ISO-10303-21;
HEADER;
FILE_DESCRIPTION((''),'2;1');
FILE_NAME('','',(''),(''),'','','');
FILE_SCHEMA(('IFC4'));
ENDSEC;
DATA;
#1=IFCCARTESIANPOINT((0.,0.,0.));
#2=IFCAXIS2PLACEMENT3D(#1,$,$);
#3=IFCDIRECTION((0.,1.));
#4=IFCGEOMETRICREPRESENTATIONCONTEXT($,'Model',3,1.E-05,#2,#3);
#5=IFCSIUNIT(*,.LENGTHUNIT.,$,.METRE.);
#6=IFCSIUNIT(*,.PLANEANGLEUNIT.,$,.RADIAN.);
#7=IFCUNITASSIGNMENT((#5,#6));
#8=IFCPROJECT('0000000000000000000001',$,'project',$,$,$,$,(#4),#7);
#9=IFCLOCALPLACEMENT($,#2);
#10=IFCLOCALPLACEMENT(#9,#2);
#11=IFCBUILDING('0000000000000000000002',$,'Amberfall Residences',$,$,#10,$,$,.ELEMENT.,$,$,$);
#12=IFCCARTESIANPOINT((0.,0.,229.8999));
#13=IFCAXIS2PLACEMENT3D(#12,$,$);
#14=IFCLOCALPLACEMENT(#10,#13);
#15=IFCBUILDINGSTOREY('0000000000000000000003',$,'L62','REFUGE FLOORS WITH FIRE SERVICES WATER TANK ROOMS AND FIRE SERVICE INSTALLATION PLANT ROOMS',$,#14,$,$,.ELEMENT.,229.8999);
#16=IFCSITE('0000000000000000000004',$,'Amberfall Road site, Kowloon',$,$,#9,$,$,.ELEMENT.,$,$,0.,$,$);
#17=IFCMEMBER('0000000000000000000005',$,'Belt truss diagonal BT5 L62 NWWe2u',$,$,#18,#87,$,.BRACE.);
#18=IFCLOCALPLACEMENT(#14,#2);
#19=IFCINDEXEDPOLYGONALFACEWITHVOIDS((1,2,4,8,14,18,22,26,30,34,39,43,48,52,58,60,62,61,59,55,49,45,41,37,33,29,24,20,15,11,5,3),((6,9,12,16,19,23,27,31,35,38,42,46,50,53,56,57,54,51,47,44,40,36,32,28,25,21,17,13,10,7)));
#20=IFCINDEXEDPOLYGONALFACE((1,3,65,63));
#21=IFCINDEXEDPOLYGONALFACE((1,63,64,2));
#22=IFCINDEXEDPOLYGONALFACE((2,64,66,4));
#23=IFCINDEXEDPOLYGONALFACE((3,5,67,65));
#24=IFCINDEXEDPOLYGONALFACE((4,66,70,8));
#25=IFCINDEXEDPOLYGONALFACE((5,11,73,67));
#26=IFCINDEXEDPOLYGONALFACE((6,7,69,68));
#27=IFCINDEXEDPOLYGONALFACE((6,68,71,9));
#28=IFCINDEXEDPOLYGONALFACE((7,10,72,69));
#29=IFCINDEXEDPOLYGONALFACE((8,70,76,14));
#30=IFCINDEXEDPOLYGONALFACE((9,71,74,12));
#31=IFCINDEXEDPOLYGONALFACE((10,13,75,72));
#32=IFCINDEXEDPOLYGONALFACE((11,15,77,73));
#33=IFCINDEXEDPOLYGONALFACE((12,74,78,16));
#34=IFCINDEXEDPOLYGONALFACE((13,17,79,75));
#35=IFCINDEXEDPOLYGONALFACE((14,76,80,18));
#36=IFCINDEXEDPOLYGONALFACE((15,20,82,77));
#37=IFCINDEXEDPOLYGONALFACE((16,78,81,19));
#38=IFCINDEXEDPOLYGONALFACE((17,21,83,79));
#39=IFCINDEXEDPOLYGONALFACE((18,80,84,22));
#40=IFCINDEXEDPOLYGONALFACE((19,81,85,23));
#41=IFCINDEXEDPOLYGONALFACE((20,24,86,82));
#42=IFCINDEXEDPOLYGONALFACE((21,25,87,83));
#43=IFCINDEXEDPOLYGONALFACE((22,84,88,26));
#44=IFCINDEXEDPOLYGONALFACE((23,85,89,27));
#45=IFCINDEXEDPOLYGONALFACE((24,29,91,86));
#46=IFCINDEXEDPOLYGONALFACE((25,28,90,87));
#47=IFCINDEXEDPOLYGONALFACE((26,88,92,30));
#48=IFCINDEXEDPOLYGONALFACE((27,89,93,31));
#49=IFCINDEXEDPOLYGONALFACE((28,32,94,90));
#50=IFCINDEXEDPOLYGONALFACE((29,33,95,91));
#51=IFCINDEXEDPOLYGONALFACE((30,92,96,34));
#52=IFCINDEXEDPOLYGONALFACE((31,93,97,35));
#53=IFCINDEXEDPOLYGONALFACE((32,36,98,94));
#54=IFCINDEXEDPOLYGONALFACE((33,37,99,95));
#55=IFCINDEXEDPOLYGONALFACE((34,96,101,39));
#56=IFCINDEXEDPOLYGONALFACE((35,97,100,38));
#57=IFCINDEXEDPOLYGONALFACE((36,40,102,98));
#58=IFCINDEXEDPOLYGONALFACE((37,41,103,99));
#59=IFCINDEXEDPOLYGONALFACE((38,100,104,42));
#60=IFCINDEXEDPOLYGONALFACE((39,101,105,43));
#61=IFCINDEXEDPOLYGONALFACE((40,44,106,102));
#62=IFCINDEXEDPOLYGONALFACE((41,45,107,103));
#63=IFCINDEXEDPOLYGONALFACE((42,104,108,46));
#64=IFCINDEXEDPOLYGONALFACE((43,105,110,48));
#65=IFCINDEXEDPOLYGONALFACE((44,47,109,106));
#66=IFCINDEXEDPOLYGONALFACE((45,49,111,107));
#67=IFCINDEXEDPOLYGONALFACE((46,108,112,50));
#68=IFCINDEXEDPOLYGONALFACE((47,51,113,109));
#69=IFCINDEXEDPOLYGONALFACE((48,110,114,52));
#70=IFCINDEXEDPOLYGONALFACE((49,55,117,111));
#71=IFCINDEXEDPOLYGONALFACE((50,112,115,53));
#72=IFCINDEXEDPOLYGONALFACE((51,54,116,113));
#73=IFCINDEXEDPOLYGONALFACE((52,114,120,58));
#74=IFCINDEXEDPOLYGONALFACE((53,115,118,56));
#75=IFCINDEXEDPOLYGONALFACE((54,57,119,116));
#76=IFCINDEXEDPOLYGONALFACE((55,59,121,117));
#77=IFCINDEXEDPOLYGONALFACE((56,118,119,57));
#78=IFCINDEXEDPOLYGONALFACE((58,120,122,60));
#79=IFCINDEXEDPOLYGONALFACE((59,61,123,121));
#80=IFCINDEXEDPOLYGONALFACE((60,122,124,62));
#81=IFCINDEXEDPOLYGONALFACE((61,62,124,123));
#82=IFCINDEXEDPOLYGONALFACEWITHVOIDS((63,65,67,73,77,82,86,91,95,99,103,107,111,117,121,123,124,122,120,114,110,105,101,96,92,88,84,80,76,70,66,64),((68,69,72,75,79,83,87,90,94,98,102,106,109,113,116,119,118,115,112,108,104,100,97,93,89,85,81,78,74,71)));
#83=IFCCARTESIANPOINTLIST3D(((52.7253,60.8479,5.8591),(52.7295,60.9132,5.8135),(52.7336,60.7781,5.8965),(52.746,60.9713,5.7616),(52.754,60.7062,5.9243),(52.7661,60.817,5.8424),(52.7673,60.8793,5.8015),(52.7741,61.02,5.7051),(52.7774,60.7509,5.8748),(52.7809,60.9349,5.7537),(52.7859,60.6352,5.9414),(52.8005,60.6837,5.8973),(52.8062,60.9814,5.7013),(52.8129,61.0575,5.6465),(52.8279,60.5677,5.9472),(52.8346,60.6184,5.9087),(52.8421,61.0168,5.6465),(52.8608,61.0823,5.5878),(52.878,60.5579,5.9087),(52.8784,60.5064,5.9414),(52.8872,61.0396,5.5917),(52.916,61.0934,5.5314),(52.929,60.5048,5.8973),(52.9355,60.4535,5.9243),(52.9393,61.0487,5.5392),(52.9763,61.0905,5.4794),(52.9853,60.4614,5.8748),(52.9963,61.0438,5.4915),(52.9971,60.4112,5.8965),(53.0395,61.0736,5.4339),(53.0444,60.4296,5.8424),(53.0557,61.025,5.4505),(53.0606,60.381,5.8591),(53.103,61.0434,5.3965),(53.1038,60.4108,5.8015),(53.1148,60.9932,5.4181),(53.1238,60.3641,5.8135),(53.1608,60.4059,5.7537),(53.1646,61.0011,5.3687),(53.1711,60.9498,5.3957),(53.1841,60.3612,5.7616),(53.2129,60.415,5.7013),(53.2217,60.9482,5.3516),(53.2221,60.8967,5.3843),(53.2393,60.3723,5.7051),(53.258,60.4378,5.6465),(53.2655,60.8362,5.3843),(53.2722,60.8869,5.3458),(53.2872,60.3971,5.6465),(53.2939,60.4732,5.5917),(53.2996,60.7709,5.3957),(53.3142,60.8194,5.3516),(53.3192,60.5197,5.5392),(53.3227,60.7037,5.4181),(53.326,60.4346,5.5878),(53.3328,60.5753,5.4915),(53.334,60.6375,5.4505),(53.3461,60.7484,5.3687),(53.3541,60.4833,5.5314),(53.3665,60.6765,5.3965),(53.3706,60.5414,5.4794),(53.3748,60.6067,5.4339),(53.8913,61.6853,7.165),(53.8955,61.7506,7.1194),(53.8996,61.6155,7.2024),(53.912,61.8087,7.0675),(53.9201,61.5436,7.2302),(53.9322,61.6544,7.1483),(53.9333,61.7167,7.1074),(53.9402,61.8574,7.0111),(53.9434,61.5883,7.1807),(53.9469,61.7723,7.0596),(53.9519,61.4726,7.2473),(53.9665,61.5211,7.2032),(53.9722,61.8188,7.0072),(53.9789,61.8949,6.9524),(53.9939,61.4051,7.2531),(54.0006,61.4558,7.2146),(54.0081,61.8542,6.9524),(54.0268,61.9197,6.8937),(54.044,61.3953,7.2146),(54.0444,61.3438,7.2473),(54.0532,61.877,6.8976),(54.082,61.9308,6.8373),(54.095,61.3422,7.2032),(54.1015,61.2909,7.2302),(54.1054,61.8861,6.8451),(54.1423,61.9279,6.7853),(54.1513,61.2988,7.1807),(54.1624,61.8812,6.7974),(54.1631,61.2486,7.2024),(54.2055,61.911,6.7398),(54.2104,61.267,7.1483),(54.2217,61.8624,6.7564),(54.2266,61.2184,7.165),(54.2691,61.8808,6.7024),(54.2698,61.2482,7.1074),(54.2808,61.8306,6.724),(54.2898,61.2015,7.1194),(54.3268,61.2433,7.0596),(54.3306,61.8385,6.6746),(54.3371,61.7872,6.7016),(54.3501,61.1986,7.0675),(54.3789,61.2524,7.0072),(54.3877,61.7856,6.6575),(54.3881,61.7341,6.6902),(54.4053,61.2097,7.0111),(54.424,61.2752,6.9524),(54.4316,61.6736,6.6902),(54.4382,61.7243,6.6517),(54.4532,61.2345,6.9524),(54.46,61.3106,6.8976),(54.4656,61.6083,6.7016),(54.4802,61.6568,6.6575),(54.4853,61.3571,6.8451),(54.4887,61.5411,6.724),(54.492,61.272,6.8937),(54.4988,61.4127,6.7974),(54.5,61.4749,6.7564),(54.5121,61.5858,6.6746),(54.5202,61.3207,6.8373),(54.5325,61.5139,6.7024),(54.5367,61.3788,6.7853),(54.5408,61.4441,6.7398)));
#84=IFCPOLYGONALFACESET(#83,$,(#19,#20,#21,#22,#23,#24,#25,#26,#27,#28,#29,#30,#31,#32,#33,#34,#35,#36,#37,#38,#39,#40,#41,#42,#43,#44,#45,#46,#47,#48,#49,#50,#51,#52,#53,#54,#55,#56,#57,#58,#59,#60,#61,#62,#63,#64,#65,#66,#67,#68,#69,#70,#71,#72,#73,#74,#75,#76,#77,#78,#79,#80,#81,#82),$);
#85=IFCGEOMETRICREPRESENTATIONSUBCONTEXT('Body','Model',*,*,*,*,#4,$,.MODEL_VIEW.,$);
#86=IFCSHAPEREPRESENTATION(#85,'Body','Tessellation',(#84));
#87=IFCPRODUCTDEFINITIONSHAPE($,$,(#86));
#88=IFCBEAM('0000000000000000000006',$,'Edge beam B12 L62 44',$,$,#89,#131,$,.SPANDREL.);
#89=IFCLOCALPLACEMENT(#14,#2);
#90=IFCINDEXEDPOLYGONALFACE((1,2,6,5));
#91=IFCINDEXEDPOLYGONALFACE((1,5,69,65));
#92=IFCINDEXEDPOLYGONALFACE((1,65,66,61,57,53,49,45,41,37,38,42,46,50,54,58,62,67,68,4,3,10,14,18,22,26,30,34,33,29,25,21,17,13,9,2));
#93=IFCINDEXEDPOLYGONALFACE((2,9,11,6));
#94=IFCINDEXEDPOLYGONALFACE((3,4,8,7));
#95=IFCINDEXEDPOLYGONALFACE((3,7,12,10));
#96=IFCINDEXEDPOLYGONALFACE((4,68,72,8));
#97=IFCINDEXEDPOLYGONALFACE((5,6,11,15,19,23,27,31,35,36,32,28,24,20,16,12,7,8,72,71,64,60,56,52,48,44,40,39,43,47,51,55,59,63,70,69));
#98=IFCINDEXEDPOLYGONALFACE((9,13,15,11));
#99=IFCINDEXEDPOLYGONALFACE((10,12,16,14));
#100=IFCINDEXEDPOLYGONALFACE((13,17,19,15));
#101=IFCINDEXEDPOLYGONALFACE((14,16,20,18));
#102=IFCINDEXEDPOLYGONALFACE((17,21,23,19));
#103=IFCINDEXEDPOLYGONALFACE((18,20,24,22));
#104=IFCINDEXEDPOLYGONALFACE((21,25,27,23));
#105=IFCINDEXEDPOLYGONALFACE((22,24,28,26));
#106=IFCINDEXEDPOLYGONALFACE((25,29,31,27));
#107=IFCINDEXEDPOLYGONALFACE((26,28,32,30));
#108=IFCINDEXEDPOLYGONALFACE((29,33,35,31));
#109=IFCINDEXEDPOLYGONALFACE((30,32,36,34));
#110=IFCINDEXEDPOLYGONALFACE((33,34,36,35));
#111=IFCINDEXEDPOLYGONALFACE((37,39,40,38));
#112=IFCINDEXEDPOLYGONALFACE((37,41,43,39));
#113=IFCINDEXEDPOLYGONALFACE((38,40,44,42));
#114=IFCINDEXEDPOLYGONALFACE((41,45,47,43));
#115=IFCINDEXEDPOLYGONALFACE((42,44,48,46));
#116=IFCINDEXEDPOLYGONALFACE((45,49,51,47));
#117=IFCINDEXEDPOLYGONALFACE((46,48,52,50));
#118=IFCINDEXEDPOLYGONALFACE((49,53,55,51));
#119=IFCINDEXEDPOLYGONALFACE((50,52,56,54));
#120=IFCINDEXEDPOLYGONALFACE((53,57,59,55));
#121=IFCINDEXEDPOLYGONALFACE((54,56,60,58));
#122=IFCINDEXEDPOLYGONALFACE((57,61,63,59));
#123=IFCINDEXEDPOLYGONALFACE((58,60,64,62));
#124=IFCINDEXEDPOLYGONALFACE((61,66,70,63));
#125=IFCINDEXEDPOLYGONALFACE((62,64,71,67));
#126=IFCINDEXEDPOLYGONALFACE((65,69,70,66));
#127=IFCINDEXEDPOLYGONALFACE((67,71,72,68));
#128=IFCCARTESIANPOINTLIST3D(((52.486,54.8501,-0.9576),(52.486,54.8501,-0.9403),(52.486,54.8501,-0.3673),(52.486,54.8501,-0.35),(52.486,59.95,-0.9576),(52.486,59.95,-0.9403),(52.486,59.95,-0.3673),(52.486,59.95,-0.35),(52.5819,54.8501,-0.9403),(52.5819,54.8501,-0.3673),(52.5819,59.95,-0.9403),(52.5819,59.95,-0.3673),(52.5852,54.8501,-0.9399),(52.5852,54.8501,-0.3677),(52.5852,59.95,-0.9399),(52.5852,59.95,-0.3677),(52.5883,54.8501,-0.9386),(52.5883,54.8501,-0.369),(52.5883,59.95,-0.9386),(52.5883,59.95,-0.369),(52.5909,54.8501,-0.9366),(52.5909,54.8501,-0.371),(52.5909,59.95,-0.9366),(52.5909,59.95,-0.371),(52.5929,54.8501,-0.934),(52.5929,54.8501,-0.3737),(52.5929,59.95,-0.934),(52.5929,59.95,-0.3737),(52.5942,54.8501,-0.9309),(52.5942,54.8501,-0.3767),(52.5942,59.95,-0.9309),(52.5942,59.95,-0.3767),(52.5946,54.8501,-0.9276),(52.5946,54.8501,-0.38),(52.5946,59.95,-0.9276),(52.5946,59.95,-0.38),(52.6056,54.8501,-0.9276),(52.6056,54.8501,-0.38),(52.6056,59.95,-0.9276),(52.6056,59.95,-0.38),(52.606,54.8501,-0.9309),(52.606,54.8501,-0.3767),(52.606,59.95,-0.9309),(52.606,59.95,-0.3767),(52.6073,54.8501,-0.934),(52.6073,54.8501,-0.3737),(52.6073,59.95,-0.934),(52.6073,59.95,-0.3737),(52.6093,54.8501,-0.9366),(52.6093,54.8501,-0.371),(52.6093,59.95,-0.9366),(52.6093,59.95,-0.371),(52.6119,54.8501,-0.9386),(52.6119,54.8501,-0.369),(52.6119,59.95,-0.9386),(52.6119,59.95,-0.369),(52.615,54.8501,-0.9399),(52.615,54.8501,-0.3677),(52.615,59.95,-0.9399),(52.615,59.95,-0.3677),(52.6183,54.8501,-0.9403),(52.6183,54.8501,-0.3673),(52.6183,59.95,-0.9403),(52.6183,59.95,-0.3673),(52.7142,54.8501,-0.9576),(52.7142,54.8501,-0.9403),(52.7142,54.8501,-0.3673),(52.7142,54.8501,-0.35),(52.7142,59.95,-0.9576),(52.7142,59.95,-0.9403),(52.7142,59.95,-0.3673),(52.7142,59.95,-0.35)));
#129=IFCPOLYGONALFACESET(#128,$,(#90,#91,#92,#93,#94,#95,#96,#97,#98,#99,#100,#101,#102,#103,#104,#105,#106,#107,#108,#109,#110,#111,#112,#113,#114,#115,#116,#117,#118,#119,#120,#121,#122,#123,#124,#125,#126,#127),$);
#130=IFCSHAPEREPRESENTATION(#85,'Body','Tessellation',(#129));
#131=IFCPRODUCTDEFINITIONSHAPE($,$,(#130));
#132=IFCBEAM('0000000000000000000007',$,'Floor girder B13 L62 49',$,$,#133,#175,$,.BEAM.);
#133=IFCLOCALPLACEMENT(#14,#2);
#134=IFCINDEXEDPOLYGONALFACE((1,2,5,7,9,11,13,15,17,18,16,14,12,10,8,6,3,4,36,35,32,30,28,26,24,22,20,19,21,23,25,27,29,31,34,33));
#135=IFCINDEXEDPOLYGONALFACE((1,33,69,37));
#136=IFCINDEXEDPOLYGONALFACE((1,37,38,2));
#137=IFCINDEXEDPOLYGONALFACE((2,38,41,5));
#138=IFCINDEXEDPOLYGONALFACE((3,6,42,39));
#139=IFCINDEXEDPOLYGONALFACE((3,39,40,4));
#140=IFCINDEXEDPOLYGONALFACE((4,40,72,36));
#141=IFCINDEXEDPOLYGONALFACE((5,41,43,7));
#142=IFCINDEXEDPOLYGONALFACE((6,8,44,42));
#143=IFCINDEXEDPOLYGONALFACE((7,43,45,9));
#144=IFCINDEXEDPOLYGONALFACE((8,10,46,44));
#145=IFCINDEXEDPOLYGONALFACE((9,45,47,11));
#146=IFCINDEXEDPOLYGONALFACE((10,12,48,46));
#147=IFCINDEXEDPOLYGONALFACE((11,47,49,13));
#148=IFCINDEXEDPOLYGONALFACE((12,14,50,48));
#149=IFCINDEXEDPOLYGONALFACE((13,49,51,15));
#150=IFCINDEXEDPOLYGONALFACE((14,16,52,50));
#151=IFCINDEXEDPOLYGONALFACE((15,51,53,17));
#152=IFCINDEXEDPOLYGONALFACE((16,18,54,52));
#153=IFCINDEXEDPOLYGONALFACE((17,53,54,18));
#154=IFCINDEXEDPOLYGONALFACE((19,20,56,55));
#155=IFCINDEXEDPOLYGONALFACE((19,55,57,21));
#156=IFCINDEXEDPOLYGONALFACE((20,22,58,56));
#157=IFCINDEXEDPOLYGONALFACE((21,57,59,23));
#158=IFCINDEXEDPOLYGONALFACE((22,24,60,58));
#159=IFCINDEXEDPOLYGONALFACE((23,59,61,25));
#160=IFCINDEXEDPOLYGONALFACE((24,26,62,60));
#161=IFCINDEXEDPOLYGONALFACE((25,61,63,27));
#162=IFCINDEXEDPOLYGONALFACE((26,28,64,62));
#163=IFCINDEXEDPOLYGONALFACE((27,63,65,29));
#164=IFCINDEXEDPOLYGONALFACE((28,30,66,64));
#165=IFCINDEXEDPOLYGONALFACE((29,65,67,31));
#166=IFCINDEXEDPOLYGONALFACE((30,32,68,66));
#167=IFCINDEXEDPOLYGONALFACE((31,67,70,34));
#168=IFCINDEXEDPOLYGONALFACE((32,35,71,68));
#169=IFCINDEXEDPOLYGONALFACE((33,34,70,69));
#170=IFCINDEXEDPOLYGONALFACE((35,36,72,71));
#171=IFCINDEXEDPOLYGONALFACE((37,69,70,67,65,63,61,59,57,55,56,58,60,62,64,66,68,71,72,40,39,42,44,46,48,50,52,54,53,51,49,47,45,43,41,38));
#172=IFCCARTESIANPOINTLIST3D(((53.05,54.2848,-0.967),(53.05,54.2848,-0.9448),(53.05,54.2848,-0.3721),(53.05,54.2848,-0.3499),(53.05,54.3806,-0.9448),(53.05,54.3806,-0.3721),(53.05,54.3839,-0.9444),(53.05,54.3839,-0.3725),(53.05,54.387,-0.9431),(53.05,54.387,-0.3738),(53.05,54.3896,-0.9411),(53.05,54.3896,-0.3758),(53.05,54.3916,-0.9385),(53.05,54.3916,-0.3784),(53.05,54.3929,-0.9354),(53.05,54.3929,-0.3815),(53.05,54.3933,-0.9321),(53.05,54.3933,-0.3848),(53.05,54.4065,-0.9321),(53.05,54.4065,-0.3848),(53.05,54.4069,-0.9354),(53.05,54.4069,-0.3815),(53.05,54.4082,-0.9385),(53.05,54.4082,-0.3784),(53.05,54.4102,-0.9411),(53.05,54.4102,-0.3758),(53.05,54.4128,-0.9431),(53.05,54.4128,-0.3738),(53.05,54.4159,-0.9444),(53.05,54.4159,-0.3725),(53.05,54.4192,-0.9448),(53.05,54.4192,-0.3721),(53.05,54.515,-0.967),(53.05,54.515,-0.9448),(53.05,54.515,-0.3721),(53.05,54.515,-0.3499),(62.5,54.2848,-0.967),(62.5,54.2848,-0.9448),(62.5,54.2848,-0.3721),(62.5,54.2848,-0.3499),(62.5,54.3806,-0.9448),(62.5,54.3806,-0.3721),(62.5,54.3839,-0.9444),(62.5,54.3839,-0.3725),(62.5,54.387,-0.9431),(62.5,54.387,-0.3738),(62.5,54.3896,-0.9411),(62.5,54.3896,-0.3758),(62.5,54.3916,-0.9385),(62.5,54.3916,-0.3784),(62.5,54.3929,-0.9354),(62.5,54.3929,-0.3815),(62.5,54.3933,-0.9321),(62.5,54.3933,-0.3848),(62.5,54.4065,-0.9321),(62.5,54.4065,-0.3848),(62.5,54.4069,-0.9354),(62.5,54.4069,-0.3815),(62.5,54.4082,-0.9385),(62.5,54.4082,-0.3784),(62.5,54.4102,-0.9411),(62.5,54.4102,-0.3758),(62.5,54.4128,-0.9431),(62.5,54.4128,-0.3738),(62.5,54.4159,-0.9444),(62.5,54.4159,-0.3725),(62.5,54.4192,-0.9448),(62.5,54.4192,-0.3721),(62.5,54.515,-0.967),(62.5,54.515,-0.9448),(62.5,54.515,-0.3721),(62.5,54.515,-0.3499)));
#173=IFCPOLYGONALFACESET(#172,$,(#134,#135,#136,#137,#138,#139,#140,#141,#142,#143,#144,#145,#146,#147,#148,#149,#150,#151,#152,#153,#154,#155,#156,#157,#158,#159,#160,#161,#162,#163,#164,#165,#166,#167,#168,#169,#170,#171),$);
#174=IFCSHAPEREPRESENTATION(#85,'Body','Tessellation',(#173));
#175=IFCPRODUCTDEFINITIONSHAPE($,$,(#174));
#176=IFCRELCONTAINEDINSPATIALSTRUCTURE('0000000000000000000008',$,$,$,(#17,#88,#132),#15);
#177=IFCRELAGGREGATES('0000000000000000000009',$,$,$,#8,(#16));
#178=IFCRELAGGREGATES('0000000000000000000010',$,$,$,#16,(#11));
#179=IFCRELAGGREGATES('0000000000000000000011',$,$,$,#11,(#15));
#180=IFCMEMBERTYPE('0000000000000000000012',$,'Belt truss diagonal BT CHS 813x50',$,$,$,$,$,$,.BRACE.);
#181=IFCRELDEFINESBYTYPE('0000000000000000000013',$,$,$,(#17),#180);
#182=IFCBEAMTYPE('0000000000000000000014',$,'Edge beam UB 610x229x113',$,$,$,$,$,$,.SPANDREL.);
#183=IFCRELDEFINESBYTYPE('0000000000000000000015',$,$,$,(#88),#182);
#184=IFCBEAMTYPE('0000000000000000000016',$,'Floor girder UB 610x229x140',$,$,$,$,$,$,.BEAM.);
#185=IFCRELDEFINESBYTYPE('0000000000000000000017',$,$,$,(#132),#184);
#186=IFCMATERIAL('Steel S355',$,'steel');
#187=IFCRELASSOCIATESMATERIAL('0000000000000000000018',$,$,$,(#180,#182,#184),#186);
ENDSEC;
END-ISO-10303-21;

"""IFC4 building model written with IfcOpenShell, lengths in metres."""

from ifc_helpers import new_model, si_unit, direction, frame, origin, origin_2d, place, context, subcontext, project, spatial, hollow_circle, i_section, extrude, material, material_profile, profile_set, type_object, element, save


model = new_model("IFC4")

# Units and contexts
model_context = context("Model", 3, precision=1e-05, world=origin(), true_north=direction((0.0, 1.0)))
body_context = subcontext(model_context, "Body", "Model", "MODEL_VIEW")
ifc_project = project(units=[si_unit("LENGTHUNIT", "METRE"), si_unit("PLANEANGLEUNIT", "RADIAN")], contexts=[model_context])

# Site, building, storey
site_placement = place(None, origin())
site = spatial("IfcSite", under=ifc_project, at=site_placement, Name="Amberfall Road site, Kowloon", CompositionType="ELEMENT", RefElevation=0.0)
building_placement = place(site_placement, origin())
building = spatial("IfcBuilding", under=site, at=building_placement, Name="Amberfall Residences", CompositionType="ELEMENT")
storey_placement = place(building_placement, frame((0.0, 0.0, 229.8999)))
storey = spatial("IfcBuildingStorey", under=building, at=storey_placement, Name="L62", Description="REFUGE FLOORS WITH FIRE SERVICES WATER TANK ROOMS AND FIRE SERVICE INSTALLATION PLANT ROOMS", CompositionType="ELEMENT", Elevation=229.8999)

# Shared definitions
ifc_material_1 = material(Name="Steel S355", Category="steel")

# Member
ifc_material_profile_1 = material_profile(ifc_material_1, hollow_circle(Radius=0.4065, WallThickness=0.05, at=origin_2d()), Name="CHS 813x50")
ifc_profile_set_1 = profile_set([ifc_material_profile_1], Name="Steel S355")
member_type_1 = type_object("IfcMemberType", Name="Belt truss diagonal BT CHS 813x50", PredefinedType="BRACE", material=ifc_profile_set_1)
member_1_placement = place(storey_placement, frame((54.2161, 61.5647, 6.9524), z_axis=(-0.600829, -0.4315, -0.672913), x_axis=(0.583328, -0.812237, 0.0)))
element("IfcMember", 1, at=member_1_placement, inside=storey, type_object=member_type_1, Name="Belt truss diagonal BT5 L62 NWWe2u", PredefinedType="BRACE", context=body_context, shape_type="SweptSolid", body=[
    extrude(hollow_circle(Radius=0.4065, WallThickness=0.05, at=origin_2d()), origin(), (0.0, 0.0, 1.0), 1.9407),
])

# Beams
ifc_material_profile_2 = material_profile(ifc_material_1, i_section(OverallWidth=0.2283, OverallDepth=0.6077, WebThickness=0.011, FlangeThickness=0.0173, FilletRadius=0.0127, at=origin_2d()), Name="UB 610x229x113")
ifc_profile_set_2 = profile_set([ifc_material_profile_2], Name="Steel S355")
beam_type_1 = type_object("IfcBeamType", Name="Edge beam UB 610x229x113", PredefinedType="SPANDREL", material=ifc_profile_set_2)
beam_1_placement = place(storey_placement, frame((52.6001, 54.8501, -0.6538), z_axis=(0.0, 1.0, 0.0), x_axis=(-1.0, 0.0, 0.0)))
element("IfcBeam", 2, at=beam_1_placement, inside=storey, type_object=beam_type_1, Name="Edge beam B12 L62 44", PredefinedType="SPANDREL", context=body_context, shape_type="SweptSolid", body=[
    extrude(i_section(OverallWidth=0.2283, OverallDepth=0.6077, WebThickness=0.011, FlangeThickness=0.0173, FilletRadius=0.0127, at=origin_2d()), origin(), (0.0, 0.0, 1.0), 5.0999),
])
ifc_material_profile_3 = material_profile(ifc_material_1, i_section(OverallWidth=0.2302, OverallDepth=0.6172, WebThickness=0.0132, FlangeThickness=0.0222, FilletRadius=0.0127, at=origin_2d()), Name="UB 610x229x140")
ifc_profile_set_3 = profile_set([ifc_material_profile_3], Name="Steel S355")
beam_type_2 = type_object("IfcBeamType", Name="Floor girder UB 610x229x140", PredefinedType="BEAM", material=ifc_profile_set_3)
beam_2_placement = place(storey_placement, frame((53.05, 54.3999, -0.6584), z_axis=(1.0, 0.0, 0.0), x_axis=(0.0, 1.0, 0.0)))
element("IfcBeam", 3, at=beam_2_placement, inside=storey, type_object=beam_type_2, Name="Floor girder B13 L62 49", PredefinedType="BEAM", context=body_context, shape_type="SweptSolid", body=[
    extrude(i_section(OverallWidth=0.2302, OverallDepth=0.6172, WebThickness=0.0132, FlangeThickness=0.0222, FilletRadius=0.0127, at=origin_2d()), origin(), (0.0, 0.0, 1.0), 9.45),
])

save(model, "model.ifc")
